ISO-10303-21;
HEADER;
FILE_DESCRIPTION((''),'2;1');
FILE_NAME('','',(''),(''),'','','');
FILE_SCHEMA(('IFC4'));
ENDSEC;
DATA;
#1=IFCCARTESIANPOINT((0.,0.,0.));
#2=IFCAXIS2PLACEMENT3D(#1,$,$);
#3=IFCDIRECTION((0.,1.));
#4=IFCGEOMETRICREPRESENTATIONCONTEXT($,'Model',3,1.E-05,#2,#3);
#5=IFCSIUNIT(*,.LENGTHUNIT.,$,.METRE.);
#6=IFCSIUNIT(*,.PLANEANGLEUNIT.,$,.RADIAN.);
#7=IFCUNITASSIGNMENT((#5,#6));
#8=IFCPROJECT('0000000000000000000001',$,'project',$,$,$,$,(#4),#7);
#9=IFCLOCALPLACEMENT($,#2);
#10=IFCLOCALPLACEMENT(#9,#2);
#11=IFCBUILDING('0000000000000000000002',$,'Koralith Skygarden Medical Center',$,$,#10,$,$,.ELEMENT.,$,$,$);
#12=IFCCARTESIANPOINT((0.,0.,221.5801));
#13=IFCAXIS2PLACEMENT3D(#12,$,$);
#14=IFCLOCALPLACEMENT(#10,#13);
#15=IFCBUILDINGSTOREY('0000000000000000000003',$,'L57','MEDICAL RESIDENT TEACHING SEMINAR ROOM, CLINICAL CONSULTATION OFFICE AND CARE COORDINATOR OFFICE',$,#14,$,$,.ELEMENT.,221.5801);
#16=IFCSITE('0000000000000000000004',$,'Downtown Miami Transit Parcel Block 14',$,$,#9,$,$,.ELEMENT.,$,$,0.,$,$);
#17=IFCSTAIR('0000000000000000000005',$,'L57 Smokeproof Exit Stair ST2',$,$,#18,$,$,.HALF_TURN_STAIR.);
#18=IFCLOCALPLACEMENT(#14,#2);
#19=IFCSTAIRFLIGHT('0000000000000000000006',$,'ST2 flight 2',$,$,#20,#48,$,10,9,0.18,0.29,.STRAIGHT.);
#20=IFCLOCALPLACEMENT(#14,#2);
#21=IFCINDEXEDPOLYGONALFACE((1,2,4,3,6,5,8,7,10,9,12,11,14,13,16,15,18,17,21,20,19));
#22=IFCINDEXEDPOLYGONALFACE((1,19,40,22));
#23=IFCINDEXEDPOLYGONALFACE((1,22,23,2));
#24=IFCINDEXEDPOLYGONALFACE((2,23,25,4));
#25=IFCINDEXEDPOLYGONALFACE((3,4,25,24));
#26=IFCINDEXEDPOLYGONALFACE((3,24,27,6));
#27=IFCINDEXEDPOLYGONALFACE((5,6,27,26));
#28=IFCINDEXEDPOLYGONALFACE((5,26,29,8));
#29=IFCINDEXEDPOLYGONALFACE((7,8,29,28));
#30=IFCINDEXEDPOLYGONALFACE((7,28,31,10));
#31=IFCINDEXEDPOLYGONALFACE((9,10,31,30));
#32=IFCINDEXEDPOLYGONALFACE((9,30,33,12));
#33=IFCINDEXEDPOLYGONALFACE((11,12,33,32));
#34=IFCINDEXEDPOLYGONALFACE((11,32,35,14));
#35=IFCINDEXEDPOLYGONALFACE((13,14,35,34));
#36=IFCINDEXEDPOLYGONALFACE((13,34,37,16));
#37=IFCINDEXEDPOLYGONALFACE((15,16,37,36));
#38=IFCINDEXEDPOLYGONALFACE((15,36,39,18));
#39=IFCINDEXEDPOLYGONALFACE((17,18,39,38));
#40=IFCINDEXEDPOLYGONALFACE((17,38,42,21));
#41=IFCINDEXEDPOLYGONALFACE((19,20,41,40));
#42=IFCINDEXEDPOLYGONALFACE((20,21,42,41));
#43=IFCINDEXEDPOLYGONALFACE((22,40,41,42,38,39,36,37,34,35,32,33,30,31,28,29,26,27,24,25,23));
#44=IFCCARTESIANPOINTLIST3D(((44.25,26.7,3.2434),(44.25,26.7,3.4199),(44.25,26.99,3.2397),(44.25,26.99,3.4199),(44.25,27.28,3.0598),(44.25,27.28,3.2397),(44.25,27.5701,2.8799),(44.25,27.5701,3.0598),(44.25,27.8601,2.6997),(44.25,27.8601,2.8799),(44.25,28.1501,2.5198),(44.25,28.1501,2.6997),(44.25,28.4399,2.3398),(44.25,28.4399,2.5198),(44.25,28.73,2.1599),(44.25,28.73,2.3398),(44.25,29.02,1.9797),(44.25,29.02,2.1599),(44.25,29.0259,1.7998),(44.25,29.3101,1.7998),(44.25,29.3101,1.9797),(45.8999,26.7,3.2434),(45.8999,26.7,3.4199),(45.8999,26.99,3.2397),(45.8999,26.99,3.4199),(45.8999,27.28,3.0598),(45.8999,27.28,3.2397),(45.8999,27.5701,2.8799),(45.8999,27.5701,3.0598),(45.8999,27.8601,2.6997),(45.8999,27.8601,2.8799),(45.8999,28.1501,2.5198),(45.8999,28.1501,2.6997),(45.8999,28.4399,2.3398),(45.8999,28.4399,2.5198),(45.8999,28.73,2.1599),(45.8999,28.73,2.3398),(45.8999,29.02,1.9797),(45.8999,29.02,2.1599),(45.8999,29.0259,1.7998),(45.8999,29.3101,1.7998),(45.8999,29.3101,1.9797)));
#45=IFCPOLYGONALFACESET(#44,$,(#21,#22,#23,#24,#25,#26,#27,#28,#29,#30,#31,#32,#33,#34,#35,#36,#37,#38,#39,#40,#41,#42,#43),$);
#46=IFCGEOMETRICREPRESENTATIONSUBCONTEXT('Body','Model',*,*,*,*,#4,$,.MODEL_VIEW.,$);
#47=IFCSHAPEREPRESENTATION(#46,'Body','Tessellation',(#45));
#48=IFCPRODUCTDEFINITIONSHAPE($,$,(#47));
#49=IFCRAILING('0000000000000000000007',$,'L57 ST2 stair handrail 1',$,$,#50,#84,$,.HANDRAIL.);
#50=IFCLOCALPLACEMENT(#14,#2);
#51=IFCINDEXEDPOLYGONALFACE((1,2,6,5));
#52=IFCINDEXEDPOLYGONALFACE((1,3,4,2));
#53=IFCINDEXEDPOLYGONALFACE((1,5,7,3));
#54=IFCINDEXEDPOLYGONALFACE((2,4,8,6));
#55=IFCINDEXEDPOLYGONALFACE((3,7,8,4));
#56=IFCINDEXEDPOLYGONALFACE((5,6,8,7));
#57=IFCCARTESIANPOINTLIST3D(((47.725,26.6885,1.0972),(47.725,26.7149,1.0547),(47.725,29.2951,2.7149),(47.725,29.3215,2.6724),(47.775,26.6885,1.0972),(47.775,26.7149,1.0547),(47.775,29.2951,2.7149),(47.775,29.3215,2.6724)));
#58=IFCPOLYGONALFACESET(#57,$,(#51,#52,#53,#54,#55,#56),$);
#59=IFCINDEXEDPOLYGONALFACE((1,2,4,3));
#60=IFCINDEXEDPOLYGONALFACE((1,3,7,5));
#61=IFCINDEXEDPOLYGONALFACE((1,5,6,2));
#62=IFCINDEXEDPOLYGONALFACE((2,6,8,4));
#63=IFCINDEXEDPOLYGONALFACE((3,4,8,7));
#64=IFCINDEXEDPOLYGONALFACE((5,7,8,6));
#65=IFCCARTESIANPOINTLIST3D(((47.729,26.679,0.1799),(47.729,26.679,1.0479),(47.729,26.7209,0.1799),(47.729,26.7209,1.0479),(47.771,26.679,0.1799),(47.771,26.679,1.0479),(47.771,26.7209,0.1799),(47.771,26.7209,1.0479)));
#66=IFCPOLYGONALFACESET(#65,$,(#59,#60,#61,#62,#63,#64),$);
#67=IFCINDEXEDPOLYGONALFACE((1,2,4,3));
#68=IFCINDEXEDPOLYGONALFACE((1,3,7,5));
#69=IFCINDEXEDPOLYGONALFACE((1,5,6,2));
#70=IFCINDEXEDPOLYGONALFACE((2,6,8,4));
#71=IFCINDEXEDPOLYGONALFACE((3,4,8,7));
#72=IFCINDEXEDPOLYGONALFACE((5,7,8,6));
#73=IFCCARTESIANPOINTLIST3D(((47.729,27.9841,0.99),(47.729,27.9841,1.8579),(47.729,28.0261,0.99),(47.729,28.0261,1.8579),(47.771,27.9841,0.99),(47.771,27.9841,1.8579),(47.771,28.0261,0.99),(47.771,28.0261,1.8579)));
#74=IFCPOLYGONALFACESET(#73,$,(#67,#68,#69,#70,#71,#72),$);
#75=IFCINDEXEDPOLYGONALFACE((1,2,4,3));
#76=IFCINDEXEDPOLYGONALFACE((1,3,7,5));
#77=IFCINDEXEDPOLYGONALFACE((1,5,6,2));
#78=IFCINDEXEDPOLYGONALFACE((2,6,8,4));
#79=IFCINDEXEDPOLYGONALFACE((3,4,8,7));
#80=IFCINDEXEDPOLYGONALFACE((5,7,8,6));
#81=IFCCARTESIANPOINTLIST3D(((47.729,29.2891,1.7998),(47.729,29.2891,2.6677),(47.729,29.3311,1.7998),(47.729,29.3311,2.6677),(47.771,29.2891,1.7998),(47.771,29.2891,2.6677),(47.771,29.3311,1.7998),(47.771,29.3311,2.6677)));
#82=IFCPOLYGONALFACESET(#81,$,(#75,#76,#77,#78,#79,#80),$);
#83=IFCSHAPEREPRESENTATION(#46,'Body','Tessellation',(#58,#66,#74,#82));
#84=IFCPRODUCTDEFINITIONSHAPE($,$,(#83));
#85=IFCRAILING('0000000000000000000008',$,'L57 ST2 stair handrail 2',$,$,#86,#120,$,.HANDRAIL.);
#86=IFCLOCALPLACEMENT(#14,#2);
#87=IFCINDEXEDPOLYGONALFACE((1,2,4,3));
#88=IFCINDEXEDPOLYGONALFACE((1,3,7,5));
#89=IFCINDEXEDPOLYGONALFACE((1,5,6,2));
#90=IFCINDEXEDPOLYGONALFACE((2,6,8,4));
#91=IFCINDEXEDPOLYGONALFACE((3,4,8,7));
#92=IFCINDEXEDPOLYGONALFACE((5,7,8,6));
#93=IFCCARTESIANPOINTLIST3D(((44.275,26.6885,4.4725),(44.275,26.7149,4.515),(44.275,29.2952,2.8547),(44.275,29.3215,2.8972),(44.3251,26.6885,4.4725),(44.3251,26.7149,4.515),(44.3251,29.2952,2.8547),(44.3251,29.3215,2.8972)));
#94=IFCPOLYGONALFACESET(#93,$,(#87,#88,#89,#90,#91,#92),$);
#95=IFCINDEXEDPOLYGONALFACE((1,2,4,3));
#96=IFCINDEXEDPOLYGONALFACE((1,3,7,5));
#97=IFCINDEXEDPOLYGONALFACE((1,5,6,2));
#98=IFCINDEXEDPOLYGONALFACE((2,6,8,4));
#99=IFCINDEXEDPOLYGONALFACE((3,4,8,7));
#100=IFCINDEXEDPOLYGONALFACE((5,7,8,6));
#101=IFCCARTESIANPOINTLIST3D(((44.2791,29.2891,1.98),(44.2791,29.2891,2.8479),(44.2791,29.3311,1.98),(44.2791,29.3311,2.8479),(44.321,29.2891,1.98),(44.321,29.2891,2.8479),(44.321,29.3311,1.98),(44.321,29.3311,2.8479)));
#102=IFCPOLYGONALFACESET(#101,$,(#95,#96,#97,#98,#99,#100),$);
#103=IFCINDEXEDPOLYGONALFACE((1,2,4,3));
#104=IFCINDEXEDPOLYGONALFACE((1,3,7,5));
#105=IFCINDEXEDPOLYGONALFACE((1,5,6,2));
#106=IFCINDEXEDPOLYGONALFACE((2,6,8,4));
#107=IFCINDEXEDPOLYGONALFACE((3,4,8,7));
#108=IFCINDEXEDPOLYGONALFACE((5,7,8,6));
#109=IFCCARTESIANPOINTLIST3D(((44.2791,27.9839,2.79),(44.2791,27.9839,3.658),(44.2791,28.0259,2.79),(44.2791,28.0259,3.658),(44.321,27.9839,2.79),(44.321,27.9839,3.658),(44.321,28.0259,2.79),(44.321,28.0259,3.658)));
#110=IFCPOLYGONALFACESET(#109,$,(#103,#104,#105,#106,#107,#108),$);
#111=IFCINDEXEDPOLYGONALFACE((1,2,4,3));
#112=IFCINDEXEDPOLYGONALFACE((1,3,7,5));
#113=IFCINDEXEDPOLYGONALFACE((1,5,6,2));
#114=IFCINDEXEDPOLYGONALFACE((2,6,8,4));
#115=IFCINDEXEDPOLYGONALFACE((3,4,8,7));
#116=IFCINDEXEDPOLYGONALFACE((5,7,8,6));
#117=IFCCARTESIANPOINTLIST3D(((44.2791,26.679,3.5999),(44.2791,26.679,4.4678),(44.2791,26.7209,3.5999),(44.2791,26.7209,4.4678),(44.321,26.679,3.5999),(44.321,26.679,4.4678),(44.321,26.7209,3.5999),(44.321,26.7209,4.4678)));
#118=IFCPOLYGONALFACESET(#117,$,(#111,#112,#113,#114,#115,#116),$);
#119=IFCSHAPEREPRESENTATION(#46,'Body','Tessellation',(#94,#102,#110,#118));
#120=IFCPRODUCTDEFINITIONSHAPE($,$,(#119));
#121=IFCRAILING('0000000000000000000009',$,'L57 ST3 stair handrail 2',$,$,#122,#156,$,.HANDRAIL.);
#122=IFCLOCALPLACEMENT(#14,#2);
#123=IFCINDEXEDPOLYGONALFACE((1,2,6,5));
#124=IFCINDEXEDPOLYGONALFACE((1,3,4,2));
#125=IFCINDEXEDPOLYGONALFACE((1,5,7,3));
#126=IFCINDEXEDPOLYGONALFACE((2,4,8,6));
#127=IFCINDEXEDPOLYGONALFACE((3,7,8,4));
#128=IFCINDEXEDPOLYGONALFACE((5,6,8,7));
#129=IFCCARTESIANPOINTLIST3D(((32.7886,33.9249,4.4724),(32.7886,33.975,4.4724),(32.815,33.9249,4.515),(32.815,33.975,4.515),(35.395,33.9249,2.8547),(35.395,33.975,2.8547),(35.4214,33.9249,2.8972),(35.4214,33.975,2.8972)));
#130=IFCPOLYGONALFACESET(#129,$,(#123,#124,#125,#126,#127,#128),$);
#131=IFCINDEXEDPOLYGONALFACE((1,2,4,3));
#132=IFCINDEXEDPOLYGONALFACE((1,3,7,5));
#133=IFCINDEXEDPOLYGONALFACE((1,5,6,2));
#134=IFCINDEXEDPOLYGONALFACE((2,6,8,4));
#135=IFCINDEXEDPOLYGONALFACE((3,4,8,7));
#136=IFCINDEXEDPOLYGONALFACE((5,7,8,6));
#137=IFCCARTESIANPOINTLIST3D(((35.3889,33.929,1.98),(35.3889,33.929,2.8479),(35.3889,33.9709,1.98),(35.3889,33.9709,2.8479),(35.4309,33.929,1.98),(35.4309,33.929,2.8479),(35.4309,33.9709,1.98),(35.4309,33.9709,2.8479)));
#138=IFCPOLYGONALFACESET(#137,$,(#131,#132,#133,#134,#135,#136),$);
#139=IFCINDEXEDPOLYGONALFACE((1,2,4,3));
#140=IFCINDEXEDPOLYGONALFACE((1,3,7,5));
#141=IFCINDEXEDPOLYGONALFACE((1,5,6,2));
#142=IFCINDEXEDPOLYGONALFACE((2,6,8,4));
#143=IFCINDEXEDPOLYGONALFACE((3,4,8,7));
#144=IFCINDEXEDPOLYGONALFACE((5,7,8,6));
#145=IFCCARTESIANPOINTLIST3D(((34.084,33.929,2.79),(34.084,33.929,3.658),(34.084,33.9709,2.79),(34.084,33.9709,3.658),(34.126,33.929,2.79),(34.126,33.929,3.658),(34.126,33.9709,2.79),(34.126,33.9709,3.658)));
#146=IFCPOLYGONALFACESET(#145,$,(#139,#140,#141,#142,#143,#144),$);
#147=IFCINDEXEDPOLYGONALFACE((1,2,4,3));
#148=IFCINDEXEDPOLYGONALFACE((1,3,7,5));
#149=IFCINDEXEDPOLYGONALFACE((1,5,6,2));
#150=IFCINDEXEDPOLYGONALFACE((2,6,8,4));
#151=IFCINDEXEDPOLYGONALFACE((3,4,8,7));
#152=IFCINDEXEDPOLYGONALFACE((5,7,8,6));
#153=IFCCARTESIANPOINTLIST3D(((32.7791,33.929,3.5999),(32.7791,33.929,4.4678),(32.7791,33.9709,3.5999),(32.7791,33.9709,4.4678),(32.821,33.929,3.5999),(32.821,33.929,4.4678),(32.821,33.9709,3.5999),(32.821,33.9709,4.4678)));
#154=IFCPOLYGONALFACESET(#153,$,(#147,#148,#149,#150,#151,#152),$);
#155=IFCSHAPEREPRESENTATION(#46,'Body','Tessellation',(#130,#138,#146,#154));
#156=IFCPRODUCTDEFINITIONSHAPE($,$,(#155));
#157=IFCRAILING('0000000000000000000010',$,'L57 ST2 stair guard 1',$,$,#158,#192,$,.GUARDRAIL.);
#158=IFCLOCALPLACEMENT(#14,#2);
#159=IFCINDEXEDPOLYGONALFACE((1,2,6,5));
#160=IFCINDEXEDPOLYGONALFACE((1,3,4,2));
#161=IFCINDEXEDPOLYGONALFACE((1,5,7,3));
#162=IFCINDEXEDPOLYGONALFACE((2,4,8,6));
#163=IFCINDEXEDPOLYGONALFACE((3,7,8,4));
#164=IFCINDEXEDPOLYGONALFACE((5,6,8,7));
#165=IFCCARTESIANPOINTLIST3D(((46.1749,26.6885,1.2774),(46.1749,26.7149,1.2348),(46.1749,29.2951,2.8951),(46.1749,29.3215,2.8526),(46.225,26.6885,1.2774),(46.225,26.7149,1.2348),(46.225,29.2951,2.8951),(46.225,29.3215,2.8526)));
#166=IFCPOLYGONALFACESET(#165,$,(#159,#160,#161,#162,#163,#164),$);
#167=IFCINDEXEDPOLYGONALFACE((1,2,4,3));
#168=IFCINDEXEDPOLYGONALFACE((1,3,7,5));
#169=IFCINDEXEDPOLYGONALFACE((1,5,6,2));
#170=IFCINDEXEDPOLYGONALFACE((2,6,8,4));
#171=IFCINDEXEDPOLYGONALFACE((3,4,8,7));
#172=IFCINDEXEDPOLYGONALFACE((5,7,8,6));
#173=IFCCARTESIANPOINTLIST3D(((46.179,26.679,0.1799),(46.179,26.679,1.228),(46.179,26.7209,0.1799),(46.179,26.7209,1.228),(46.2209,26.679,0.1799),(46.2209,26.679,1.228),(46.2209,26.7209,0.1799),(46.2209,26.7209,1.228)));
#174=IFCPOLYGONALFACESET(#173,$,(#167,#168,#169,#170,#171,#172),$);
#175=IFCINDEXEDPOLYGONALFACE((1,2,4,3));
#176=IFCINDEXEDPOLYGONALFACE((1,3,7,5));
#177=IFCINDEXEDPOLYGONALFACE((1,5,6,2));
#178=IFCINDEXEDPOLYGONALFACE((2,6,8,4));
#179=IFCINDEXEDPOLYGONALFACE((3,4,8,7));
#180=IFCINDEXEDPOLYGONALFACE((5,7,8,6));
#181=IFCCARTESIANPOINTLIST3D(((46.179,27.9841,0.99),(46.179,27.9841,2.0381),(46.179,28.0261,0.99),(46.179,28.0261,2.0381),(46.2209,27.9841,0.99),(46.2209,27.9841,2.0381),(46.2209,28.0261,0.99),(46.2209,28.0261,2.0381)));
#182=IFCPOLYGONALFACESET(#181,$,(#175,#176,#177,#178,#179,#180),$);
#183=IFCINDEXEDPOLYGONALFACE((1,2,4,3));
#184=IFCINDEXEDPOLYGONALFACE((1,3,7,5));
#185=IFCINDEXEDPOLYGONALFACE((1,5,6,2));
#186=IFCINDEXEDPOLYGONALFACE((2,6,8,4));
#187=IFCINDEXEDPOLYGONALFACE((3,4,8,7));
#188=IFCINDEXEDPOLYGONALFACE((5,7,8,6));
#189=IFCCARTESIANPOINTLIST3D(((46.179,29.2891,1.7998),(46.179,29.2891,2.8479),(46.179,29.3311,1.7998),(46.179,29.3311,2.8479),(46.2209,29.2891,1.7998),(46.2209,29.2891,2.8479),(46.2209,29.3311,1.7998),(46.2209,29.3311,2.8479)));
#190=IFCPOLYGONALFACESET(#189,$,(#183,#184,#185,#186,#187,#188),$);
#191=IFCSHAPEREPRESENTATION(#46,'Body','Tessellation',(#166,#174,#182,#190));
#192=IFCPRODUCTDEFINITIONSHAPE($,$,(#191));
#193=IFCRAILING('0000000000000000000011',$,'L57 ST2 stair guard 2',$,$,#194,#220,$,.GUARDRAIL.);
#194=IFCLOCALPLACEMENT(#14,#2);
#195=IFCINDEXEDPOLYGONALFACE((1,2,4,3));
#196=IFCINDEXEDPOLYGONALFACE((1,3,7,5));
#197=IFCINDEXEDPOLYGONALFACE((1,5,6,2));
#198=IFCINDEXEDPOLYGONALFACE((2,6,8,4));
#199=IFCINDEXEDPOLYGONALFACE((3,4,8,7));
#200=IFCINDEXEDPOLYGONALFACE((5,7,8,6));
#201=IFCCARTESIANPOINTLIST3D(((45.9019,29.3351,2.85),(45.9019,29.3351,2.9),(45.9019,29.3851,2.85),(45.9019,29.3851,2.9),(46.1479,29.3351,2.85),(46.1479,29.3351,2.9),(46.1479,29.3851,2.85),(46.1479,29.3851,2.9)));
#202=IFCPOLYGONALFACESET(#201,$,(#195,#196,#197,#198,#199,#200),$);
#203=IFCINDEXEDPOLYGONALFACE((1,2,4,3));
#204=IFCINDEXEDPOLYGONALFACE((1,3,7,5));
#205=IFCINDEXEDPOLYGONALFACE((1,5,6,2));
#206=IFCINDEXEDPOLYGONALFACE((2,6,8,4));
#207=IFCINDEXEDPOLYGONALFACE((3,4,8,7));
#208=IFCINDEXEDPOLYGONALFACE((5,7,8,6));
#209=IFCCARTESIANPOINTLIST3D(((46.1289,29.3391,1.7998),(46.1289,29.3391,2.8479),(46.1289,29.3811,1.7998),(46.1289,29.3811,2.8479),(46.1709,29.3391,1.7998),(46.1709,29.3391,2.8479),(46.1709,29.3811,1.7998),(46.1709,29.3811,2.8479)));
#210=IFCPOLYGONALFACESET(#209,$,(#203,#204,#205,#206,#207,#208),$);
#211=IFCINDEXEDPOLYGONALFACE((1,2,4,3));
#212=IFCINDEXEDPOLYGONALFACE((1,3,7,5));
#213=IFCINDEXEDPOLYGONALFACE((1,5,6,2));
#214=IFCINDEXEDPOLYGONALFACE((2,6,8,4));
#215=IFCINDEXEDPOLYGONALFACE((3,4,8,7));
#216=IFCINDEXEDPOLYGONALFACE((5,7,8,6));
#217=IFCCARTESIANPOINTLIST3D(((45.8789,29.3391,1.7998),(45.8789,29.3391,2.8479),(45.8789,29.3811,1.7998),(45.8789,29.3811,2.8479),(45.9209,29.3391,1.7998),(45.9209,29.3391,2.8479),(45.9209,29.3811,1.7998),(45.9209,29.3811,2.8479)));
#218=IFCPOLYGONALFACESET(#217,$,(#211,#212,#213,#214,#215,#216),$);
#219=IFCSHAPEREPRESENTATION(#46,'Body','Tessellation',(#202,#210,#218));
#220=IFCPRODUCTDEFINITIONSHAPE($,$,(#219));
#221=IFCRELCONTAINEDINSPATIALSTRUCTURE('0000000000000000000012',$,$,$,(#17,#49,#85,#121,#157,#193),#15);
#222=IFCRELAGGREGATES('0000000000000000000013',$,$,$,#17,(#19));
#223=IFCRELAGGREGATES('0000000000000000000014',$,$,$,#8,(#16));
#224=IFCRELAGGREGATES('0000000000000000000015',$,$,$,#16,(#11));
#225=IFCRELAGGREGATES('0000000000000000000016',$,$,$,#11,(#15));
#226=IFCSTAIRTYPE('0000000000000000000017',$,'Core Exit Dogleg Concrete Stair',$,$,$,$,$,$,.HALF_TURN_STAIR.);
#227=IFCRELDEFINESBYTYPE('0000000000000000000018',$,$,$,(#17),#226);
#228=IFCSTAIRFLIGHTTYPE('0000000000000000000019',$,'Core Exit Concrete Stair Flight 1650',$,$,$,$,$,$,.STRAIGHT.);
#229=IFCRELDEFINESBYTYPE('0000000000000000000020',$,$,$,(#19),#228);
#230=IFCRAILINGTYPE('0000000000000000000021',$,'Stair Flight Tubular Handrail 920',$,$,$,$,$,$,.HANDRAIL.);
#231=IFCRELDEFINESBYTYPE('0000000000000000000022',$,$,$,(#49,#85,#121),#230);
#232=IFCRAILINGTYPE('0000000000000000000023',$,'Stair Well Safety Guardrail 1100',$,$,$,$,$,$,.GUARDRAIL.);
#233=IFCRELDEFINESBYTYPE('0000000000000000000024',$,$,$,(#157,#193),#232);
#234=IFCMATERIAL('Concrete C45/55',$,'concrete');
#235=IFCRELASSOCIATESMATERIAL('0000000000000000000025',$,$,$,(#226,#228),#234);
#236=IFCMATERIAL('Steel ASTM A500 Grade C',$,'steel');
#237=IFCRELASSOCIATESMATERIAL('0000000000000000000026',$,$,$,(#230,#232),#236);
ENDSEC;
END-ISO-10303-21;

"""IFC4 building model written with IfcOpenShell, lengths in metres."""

from ifc_helpers import new_model, si_unit, direction, frame, origin, origin_2d, place, context, subcontext, project, spatial, polyline, rectangle, outline, extrude, material, type_object, element, aggregate, save


model = new_model("IFC4")

# Units and contexts
model_context = context("Model", 3, precision=1e-05, world=origin(), true_north=direction((0.0, 1.0)))
body_context = subcontext(model_context, "Body", "Model", "MODEL_VIEW")
ifc_project = project(units=[si_unit("LENGTHUNIT", "METRE"), si_unit("PLANEANGLEUNIT", "RADIAN")], contexts=[model_context])

# Site, building, storey
site_placement = place(None, origin())
site = spatial("IfcSite", under=ifc_project, at=site_placement, Name="Downtown Miami Transit Parcel Block 14", CompositionType="ELEMENT", RefElevation=0.0)
building_placement = place(site_placement, origin())
building = spatial("IfcBuilding", under=site, at=building_placement, Name="Koralith Skygarden Medical Center", CompositionType="ELEMENT")
storey_placement = place(building_placement, frame((0.0, 0.0, 221.5801)))
storey = spatial("IfcBuildingStorey", under=building, at=storey_placement, Name="L57", Description="MEDICAL RESIDENT TEACHING SEMINAR ROOM, CLINICAL CONSULTATION OFFICE AND CARE COORDINATOR OFFICE", CompositionType="ELEMENT", Elevation=221.5801)

# Shared definitions
ifc_material_1 = material(Name="Concrete C45/55", Category="concrete")

# Stair, stair flight
stair_type = type_object("IfcStairType", Name="Core Exit Dogleg Concrete Stair", PredefinedType="HALF_TURN_STAIR", material=ifc_material_1)
stair_placement = place(storey_placement, origin())
stair = element("IfcStair", 1, at=stair_placement, inside=storey, type_object=stair_type, Name="L57 Smokeproof Exit Stair ST2", PredefinedType="HALF_TURN_STAIR")
stair_flight_type = type_object("IfcStairFlightType", Name="Core Exit Concrete Stair Flight 1650", PredefinedType="STRAIGHT", material=ifc_material_1)
stair_flight_1_placement = place(storey_placement, frame((45.075, 29.3101, 1.7998), z_axis=(0.0, 0.0, 1.0), x_axis=(0.0, -1.0, 0.0)))
stair_flight_1 = element("IfcStairFlight", 2, at=stair_flight_1_placement, type_object=stair_flight_type, Name="ST2 flight 2", NumberOfRisers=10, NumberOfTreads=9, PredefinedType="STRAIGHT", RiserHeight=0.18, TreadLength=0.29, context=body_context, shape_type="SweptSolid", body=[
    extrude(outline(polyline([(0.0, 0.0), (0.0, 0.1799), (0.29, 0.1799), (0.29, 0.3601), (0.5801, 0.3601), (0.5801, 0.54), (0.8701, 0.54), (0.8701, 0.72), (1.1599, 0.72), (1.1599, 0.8999), (1.45, 0.8999), (1.45, 1.0801), (1.74, 1.0801), (1.74, 1.26), (2.03, 1.26), (2.03, 1.4399), (2.3201, 1.4399), (2.3201, 1.6201), (2.6101, 1.6201), (2.6101, 1.8), (2.6101, 1.4436), (0.2842, 0.0), (0.0, 0.0)])), frame((0.0, 0.825, 0.0), z_axis=(0.0, -1.0, 0.0), x_axis=(1.0, 0.0, 0.0)), (0.0, 0.0, 1.0), 1.6499),
])
aggregate(stair, [stair_flight_1])

# Railings
ifc_material_2 = material(Name="Steel ASTM A500 Grade C", Category="steel")
railing_type_1 = type_object("IfcRailingType", Name="Stair Flight Tubular Handrail 920", PredefinedType="HANDRAIL", material=ifc_material_2)
railing_1_placement = place(storey_placement, frame((47.75, 26.7, 0.1799)))
element("IfcRailing", 3, at=railing_1_placement, inside=storey, type_object=railing_type_1, Name="L57 ST2 stair handrail 1", PredefinedType="HANDRAIL", context=body_context, shape_type="SweptSolid", body=[
    extrude(rectangle(XDim=0.05, YDim=0.05, at=origin_2d()), frame((0.0, 0.0017, 0.896), z_axis=(0.0, 0.849668, 0.527317), x_axis=(-1.0, 0.0, 0.0)), (0.0, 0.0, 1.0), 3.0679),
    extrude(rectangle(XDim=0.042, YDim=0.042, at=origin_2d()), origin(), (0.0, 0.0, 1.0), 0.8679),
    extrude(rectangle(XDim=0.042, YDim=0.042, at=origin_2d()), frame((0.0, 1.3052, 0.8101)), (0.0, 0.0, 1.0), 0.8679),
    extrude(rectangle(XDim=0.042, YDim=0.042, at=origin_2d()), frame((0.0, 2.6101, 1.6199)), (0.0, 0.0, 1.0), 0.8679),
])
railing_2_placement = place(storey_placement, frame((44.3, 29.3101, 1.98)))
element("IfcRailing", 4, at=railing_2_placement, inside=storey, type_object=railing_type_1, Name="L57 ST2 stair handrail 2", PredefinedType="HANDRAIL", context=body_context, shape_type="SweptSolid", body=[
    extrude(rectangle(XDim=0.05, YDim=0.05, at=origin_2d()), frame((0.0, -0.0017, 0.896), z_axis=(0.0, -0.849668, 0.527317), x_axis=(1.0, 0.0, 0.0)), (0.0, 0.0, 1.0), 3.0679),
    extrude(rectangle(XDim=0.042, YDim=0.042, at=origin_2d()), origin(), (0.0, 0.0, 1.0), 0.8679),
    extrude(rectangle(XDim=0.042, YDim=0.042, at=origin_2d()), frame((0.0, -1.3052, 0.8101)), (0.0, 0.0, 1.0), 0.8679),
    extrude(rectangle(XDim=0.042, YDim=0.042, at=origin_2d()), frame((0.0, -2.6101, 1.6199)), (0.0, 0.0, 1.0), 0.8679),
])
railing_3_placement = place(storey_placement, frame((35.4099, 33.95, 1.98)))
element("IfcRailing", 5, at=railing_3_placement, inside=storey, type_object=railing_type_1, Name="L57 ST3 stair handrail 2", PredefinedType="HANDRAIL", context=body_context, shape_type="SweptSolid", body=[
    extrude(rectangle(XDim=0.05, YDim=0.05, at=origin_2d()), frame((-0.0017, 0.0, 0.896), z_axis=(-0.849646, 0.0, 0.527353), x_axis=(0.0, -1.0, 0.0)), (0.0, 0.0, 1.0), 3.0676),
    extrude(rectangle(XDim=0.042, YDim=0.042, at=origin_2d()), origin(), (0.0, 0.0, 1.0), 0.8679),
    extrude(rectangle(XDim=0.042, YDim=0.042, at=origin_2d()), frame((-1.3049, 0.0, 0.8101)), (0.0, 0.0, 1.0), 0.8679),
    extrude(rectangle(XDim=0.042, YDim=0.042, at=origin_2d()), frame((-2.6099, 0.0, 1.6199)), (0.0, 0.0, 1.0), 0.8679),
])
railing_type_2 = type_object("IfcRailingType", Name="Stair Well Safety Guardrail 1100", PredefinedType="GUARDRAIL", material=ifc_material_2)
railing_4_placement = place(storey_placement, frame((46.2, 26.7, 0.1799)))
element("IfcRailing", 6, at=railing_4_placement, inside=storey, type_object=railing_type_2, Name="L57 ST2 stair guard 1", PredefinedType="GUARDRAIL", context=body_context, shape_type="SweptSolid", body=[
    extrude(rectangle(XDim=0.05, YDim=0.05, at=origin_2d()), frame((0.0, 0.0017, 1.0762), z_axis=(0.0, 0.849668, 0.527317), x_axis=(-1.0, 0.0, 0.0)), (0.0, 0.0, 1.0), 3.0679),
    extrude(rectangle(XDim=0.042, YDim=0.042, at=origin_2d()), origin(), (0.0, 0.0, 1.0), 1.0481),
    extrude(rectangle(XDim=0.042, YDim=0.042, at=origin_2d()), frame((0.0, 1.3052, 0.8101)), (0.0, 0.0, 1.0), 1.0481),
    extrude(rectangle(XDim=0.042, YDim=0.042, at=origin_2d()), frame((0.0, 2.6101, 1.6199)), (0.0, 0.0, 1.0), 1.0481),
])
railing_5_placement = place(storey_placement, frame((46.1499, 29.3601, 1.7998)))
element("IfcRailing", 7, at=railing_5_placement, inside=storey, type_object=railing_type_2, Name="L57 ST2 stair guard 2", PredefinedType="GUARDRAIL", context=body_context, shape_type="SweptSolid", body=[
    extrude(rectangle(XDim=0.05, YDim=0.05, at=origin_2d()), frame((-0.002, 0.0, 1.0752), z_axis=(-1.0, 0.0, 0.0), x_axis=(0.0, -1.0, 0.0)), (0.0, 0.0, 1.0), 0.2461),
    extrude(rectangle(XDim=0.042, YDim=0.042, at=origin_2d()), origin(), (0.0, 0.0, 1.0), 1.0481),
    extrude(rectangle(XDim=0.042, YDim=0.042, at=origin_2d()), frame((-0.25, 0.0, 0.0)), (0.0, 0.0, 1.0), 1.0481),
])

save(model, "model.ifc")
